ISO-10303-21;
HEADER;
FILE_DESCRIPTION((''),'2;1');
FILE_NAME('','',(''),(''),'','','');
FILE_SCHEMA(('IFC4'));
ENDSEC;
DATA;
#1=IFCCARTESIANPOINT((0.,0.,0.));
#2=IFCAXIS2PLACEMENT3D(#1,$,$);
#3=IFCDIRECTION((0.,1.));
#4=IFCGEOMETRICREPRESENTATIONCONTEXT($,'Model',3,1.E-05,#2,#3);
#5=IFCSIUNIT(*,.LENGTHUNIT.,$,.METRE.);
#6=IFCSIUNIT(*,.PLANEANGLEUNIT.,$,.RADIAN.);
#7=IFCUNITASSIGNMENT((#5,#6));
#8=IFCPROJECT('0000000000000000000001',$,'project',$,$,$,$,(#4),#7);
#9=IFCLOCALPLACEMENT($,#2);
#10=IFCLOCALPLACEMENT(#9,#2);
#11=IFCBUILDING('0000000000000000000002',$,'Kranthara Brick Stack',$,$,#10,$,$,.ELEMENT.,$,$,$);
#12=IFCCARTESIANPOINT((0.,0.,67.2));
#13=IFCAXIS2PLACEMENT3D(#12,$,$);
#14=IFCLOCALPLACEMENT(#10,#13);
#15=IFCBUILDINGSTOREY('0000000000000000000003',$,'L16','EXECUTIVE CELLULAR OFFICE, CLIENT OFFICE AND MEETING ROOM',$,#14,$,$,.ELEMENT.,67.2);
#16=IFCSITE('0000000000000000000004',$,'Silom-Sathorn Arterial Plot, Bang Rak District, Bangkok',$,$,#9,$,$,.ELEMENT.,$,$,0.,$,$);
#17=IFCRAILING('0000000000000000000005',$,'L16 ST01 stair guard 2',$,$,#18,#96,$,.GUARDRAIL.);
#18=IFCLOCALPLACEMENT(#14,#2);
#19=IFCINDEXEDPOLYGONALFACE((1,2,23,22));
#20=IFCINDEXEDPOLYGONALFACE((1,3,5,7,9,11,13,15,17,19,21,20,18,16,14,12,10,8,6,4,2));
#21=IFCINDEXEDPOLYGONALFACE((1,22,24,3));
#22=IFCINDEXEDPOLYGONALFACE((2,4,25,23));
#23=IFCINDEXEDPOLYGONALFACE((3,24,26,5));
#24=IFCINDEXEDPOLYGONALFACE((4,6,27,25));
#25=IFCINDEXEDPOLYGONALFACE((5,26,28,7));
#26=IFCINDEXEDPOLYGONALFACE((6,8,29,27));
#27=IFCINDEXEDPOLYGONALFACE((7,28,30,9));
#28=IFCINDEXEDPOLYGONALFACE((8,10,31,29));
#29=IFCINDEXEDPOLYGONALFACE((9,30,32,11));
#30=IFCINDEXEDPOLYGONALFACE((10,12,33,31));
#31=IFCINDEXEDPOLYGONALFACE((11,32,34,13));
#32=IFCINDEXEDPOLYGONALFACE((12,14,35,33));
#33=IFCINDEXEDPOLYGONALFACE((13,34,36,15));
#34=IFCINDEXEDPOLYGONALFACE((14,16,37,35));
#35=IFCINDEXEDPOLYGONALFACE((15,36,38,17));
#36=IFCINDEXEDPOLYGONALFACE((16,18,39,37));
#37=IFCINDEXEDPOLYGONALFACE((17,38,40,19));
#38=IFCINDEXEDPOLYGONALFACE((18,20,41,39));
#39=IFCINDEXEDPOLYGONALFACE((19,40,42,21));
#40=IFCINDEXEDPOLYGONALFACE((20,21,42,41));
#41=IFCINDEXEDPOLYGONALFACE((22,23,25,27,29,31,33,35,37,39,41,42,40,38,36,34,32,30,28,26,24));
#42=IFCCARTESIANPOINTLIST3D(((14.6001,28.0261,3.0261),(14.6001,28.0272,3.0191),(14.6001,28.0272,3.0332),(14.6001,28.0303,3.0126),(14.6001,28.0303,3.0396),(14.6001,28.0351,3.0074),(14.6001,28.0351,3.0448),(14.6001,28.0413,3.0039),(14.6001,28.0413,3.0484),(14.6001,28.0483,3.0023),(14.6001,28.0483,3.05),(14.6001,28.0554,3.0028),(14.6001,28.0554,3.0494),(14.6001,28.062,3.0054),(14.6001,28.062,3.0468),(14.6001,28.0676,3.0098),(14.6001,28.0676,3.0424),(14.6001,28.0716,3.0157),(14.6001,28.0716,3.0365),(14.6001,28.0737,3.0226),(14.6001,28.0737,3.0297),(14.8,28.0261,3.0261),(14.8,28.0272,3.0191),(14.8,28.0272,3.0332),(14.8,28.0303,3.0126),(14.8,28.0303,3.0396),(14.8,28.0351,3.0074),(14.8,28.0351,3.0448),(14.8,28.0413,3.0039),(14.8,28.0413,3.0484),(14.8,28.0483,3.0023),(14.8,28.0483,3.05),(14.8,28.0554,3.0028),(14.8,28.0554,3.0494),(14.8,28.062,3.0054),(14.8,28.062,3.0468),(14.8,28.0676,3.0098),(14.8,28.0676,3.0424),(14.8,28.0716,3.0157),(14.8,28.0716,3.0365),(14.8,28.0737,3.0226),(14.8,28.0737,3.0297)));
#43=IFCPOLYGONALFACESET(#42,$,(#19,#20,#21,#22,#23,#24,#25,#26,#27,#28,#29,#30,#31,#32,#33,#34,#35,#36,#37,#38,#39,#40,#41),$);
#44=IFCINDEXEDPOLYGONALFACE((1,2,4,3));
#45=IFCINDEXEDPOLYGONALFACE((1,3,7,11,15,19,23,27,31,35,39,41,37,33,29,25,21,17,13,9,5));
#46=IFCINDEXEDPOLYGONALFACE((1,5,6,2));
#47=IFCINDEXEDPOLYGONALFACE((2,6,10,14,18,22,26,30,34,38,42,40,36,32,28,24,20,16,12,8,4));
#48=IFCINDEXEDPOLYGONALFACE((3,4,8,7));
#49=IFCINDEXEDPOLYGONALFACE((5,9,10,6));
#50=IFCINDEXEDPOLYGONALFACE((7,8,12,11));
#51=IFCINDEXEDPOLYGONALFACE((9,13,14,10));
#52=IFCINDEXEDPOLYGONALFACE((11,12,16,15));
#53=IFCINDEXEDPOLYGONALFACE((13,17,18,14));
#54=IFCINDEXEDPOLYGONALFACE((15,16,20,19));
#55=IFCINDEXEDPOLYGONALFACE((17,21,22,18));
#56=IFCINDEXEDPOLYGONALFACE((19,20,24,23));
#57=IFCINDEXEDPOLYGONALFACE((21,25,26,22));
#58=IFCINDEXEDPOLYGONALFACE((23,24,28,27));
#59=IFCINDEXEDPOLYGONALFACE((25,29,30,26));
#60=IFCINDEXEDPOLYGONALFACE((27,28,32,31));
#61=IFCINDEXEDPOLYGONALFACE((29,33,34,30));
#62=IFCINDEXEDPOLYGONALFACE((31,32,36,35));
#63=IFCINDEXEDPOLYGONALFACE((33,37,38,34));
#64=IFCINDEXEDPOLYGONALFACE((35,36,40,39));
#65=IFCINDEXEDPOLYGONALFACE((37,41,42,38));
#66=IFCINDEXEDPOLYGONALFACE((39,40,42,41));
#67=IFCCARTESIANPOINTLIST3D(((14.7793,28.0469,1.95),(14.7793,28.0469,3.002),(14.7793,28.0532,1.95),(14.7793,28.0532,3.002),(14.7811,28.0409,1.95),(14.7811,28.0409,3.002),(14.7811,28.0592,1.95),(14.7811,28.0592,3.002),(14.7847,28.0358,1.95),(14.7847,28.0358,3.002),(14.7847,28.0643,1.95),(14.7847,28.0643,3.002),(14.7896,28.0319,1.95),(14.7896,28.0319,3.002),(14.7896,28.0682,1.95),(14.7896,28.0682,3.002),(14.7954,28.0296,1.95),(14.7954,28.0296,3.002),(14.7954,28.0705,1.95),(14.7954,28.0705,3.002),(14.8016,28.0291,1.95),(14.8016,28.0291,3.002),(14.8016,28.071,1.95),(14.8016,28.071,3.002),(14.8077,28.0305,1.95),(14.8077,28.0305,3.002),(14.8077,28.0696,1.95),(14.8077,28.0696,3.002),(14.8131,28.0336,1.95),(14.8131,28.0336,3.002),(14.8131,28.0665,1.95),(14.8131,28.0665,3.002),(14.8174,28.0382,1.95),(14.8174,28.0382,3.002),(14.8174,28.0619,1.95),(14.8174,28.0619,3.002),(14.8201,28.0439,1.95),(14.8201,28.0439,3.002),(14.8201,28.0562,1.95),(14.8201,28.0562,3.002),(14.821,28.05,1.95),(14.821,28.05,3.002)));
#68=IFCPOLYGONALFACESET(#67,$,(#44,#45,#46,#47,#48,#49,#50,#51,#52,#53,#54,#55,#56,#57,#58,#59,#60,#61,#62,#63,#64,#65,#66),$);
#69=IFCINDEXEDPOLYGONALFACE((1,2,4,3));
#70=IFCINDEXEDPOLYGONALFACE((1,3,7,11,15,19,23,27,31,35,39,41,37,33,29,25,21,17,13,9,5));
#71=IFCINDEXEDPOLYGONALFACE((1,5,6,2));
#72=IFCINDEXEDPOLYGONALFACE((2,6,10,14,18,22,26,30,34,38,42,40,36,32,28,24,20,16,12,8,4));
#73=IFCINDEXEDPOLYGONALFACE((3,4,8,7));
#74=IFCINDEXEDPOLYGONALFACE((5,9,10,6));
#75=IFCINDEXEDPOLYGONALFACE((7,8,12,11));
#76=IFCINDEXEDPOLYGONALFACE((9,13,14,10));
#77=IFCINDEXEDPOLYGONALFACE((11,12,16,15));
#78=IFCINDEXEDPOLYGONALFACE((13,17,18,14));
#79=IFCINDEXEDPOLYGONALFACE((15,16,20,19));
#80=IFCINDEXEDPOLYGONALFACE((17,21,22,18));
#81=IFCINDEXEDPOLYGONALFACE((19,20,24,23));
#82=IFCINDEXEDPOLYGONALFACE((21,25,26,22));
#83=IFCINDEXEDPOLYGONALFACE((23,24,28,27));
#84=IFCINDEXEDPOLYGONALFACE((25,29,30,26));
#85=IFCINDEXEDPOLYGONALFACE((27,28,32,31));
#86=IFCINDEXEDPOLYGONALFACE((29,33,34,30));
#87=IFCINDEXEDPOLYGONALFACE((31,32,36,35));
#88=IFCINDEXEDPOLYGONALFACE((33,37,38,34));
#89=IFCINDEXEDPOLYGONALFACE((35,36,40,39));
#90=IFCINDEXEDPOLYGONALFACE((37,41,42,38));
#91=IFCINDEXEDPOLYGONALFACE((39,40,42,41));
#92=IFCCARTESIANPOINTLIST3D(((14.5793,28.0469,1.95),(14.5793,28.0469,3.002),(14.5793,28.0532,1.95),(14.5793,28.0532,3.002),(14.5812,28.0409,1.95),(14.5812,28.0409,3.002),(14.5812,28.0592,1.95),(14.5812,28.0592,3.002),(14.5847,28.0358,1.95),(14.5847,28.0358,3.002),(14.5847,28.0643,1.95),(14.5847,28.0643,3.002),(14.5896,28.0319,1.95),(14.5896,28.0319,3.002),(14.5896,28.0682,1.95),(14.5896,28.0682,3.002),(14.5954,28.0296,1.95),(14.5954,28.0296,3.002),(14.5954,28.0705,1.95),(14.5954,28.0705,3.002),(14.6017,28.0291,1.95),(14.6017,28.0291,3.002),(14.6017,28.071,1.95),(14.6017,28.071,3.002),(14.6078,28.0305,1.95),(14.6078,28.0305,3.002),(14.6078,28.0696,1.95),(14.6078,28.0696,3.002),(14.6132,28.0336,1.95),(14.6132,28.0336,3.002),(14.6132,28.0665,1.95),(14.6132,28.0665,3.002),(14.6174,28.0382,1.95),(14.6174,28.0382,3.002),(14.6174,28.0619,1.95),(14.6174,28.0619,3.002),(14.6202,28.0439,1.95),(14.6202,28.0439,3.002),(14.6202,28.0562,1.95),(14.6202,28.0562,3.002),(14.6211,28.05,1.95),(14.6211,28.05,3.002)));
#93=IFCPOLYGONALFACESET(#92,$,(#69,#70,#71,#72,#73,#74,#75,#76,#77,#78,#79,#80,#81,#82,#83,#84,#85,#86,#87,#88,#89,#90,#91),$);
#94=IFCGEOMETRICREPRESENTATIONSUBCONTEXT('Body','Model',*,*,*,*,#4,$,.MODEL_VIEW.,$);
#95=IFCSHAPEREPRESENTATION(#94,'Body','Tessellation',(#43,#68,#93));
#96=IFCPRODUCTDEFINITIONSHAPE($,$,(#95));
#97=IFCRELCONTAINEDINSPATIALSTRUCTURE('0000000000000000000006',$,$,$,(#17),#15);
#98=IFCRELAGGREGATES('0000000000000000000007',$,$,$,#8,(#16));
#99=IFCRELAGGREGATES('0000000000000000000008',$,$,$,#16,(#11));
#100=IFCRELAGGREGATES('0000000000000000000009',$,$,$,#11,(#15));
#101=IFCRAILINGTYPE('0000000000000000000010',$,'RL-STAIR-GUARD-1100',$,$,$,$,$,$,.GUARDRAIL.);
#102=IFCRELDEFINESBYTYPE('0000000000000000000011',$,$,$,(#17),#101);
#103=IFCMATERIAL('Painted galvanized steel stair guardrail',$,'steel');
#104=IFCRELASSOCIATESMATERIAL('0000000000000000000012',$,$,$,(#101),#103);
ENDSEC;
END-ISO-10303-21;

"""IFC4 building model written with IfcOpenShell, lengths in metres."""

from ifc_helpers import new_model, si_unit, direction, frame, origin, origin_2d, place, context, subcontext, project, spatial, circle, extrude, material, type_object, element, save


model = new_model("IFC4")

# Units and contexts
model_context = context("Model", 3, precision=1e-05, world=origin(), true_north=direction((0.0, 1.0)))
body_context = subcontext(model_context, "Body", "Model", "MODEL_VIEW")
ifc_project = project(units=[si_unit("LENGTHUNIT", "METRE"), si_unit("PLANEANGLEUNIT", "RADIAN")], contexts=[model_context])

# Site, building, storey
site_placement = place(None, origin())
site = spatial("IfcSite", under=ifc_project, at=site_placement, Name="Silom-Sathorn Arterial Plot, Bang Rak District, Bangkok", CompositionType="ELEMENT", RefElevation=0.0)
building_placement = place(site_placement, origin())
building = spatial("IfcBuilding", under=site, at=building_placement, Name="Kranthara Brick Stack", CompositionType="ELEMENT")
storey_placement = place(building_placement, frame((0.0, 0.0, 67.2)))
storey = spatial("IfcBuildingStorey", under=building, at=storey_placement, Name="L16", Description="EXECUTIVE CELLULAR OFFICE, CLIENT OFFICE AND MEETING ROOM", CompositionType="ELEMENT", Elevation=67.2)

# Railing
ifc_material_1 = material(Name="Painted galvanized steel stair guardrail", Category="steel")
railing_type_1 = type_object("IfcRailingType", Name="RL-STAIR-GUARD-1100", PredefinedType="GUARDRAIL", material=ifc_material_1)
railing_1_placement = place(storey_placement, frame((14.8, 28.05, 1.95)))
element("IfcRailing", 1, at=railing_1_placement, inside=storey, type_object=railing_type_1, Name="L16 ST01 stair guard 2", PredefinedType="GUARDRAIL", context=body_context, shape_type="SweptSolid", body=[
    extrude(circle(Radius=0.0239, at=origin_2d()), frame((0.0, 0.0, 1.0762), z_axis=(-1.0, 0.0, 0.0), x_axis=(0.0, -1.0, 0.0)), (0.0, 0.0, 1.0), 0.2),
    extrude(circle(Radius=0.021, at=origin_2d()), origin(), (0.0, 0.0, 1.0), 1.052),
    extrude(circle(Radius=0.021, at=origin_2d()), frame((-0.2, 0.0, 0.0)), (0.0, 0.0, 1.0), 1.052),
])

save(model, "model.ifc")
